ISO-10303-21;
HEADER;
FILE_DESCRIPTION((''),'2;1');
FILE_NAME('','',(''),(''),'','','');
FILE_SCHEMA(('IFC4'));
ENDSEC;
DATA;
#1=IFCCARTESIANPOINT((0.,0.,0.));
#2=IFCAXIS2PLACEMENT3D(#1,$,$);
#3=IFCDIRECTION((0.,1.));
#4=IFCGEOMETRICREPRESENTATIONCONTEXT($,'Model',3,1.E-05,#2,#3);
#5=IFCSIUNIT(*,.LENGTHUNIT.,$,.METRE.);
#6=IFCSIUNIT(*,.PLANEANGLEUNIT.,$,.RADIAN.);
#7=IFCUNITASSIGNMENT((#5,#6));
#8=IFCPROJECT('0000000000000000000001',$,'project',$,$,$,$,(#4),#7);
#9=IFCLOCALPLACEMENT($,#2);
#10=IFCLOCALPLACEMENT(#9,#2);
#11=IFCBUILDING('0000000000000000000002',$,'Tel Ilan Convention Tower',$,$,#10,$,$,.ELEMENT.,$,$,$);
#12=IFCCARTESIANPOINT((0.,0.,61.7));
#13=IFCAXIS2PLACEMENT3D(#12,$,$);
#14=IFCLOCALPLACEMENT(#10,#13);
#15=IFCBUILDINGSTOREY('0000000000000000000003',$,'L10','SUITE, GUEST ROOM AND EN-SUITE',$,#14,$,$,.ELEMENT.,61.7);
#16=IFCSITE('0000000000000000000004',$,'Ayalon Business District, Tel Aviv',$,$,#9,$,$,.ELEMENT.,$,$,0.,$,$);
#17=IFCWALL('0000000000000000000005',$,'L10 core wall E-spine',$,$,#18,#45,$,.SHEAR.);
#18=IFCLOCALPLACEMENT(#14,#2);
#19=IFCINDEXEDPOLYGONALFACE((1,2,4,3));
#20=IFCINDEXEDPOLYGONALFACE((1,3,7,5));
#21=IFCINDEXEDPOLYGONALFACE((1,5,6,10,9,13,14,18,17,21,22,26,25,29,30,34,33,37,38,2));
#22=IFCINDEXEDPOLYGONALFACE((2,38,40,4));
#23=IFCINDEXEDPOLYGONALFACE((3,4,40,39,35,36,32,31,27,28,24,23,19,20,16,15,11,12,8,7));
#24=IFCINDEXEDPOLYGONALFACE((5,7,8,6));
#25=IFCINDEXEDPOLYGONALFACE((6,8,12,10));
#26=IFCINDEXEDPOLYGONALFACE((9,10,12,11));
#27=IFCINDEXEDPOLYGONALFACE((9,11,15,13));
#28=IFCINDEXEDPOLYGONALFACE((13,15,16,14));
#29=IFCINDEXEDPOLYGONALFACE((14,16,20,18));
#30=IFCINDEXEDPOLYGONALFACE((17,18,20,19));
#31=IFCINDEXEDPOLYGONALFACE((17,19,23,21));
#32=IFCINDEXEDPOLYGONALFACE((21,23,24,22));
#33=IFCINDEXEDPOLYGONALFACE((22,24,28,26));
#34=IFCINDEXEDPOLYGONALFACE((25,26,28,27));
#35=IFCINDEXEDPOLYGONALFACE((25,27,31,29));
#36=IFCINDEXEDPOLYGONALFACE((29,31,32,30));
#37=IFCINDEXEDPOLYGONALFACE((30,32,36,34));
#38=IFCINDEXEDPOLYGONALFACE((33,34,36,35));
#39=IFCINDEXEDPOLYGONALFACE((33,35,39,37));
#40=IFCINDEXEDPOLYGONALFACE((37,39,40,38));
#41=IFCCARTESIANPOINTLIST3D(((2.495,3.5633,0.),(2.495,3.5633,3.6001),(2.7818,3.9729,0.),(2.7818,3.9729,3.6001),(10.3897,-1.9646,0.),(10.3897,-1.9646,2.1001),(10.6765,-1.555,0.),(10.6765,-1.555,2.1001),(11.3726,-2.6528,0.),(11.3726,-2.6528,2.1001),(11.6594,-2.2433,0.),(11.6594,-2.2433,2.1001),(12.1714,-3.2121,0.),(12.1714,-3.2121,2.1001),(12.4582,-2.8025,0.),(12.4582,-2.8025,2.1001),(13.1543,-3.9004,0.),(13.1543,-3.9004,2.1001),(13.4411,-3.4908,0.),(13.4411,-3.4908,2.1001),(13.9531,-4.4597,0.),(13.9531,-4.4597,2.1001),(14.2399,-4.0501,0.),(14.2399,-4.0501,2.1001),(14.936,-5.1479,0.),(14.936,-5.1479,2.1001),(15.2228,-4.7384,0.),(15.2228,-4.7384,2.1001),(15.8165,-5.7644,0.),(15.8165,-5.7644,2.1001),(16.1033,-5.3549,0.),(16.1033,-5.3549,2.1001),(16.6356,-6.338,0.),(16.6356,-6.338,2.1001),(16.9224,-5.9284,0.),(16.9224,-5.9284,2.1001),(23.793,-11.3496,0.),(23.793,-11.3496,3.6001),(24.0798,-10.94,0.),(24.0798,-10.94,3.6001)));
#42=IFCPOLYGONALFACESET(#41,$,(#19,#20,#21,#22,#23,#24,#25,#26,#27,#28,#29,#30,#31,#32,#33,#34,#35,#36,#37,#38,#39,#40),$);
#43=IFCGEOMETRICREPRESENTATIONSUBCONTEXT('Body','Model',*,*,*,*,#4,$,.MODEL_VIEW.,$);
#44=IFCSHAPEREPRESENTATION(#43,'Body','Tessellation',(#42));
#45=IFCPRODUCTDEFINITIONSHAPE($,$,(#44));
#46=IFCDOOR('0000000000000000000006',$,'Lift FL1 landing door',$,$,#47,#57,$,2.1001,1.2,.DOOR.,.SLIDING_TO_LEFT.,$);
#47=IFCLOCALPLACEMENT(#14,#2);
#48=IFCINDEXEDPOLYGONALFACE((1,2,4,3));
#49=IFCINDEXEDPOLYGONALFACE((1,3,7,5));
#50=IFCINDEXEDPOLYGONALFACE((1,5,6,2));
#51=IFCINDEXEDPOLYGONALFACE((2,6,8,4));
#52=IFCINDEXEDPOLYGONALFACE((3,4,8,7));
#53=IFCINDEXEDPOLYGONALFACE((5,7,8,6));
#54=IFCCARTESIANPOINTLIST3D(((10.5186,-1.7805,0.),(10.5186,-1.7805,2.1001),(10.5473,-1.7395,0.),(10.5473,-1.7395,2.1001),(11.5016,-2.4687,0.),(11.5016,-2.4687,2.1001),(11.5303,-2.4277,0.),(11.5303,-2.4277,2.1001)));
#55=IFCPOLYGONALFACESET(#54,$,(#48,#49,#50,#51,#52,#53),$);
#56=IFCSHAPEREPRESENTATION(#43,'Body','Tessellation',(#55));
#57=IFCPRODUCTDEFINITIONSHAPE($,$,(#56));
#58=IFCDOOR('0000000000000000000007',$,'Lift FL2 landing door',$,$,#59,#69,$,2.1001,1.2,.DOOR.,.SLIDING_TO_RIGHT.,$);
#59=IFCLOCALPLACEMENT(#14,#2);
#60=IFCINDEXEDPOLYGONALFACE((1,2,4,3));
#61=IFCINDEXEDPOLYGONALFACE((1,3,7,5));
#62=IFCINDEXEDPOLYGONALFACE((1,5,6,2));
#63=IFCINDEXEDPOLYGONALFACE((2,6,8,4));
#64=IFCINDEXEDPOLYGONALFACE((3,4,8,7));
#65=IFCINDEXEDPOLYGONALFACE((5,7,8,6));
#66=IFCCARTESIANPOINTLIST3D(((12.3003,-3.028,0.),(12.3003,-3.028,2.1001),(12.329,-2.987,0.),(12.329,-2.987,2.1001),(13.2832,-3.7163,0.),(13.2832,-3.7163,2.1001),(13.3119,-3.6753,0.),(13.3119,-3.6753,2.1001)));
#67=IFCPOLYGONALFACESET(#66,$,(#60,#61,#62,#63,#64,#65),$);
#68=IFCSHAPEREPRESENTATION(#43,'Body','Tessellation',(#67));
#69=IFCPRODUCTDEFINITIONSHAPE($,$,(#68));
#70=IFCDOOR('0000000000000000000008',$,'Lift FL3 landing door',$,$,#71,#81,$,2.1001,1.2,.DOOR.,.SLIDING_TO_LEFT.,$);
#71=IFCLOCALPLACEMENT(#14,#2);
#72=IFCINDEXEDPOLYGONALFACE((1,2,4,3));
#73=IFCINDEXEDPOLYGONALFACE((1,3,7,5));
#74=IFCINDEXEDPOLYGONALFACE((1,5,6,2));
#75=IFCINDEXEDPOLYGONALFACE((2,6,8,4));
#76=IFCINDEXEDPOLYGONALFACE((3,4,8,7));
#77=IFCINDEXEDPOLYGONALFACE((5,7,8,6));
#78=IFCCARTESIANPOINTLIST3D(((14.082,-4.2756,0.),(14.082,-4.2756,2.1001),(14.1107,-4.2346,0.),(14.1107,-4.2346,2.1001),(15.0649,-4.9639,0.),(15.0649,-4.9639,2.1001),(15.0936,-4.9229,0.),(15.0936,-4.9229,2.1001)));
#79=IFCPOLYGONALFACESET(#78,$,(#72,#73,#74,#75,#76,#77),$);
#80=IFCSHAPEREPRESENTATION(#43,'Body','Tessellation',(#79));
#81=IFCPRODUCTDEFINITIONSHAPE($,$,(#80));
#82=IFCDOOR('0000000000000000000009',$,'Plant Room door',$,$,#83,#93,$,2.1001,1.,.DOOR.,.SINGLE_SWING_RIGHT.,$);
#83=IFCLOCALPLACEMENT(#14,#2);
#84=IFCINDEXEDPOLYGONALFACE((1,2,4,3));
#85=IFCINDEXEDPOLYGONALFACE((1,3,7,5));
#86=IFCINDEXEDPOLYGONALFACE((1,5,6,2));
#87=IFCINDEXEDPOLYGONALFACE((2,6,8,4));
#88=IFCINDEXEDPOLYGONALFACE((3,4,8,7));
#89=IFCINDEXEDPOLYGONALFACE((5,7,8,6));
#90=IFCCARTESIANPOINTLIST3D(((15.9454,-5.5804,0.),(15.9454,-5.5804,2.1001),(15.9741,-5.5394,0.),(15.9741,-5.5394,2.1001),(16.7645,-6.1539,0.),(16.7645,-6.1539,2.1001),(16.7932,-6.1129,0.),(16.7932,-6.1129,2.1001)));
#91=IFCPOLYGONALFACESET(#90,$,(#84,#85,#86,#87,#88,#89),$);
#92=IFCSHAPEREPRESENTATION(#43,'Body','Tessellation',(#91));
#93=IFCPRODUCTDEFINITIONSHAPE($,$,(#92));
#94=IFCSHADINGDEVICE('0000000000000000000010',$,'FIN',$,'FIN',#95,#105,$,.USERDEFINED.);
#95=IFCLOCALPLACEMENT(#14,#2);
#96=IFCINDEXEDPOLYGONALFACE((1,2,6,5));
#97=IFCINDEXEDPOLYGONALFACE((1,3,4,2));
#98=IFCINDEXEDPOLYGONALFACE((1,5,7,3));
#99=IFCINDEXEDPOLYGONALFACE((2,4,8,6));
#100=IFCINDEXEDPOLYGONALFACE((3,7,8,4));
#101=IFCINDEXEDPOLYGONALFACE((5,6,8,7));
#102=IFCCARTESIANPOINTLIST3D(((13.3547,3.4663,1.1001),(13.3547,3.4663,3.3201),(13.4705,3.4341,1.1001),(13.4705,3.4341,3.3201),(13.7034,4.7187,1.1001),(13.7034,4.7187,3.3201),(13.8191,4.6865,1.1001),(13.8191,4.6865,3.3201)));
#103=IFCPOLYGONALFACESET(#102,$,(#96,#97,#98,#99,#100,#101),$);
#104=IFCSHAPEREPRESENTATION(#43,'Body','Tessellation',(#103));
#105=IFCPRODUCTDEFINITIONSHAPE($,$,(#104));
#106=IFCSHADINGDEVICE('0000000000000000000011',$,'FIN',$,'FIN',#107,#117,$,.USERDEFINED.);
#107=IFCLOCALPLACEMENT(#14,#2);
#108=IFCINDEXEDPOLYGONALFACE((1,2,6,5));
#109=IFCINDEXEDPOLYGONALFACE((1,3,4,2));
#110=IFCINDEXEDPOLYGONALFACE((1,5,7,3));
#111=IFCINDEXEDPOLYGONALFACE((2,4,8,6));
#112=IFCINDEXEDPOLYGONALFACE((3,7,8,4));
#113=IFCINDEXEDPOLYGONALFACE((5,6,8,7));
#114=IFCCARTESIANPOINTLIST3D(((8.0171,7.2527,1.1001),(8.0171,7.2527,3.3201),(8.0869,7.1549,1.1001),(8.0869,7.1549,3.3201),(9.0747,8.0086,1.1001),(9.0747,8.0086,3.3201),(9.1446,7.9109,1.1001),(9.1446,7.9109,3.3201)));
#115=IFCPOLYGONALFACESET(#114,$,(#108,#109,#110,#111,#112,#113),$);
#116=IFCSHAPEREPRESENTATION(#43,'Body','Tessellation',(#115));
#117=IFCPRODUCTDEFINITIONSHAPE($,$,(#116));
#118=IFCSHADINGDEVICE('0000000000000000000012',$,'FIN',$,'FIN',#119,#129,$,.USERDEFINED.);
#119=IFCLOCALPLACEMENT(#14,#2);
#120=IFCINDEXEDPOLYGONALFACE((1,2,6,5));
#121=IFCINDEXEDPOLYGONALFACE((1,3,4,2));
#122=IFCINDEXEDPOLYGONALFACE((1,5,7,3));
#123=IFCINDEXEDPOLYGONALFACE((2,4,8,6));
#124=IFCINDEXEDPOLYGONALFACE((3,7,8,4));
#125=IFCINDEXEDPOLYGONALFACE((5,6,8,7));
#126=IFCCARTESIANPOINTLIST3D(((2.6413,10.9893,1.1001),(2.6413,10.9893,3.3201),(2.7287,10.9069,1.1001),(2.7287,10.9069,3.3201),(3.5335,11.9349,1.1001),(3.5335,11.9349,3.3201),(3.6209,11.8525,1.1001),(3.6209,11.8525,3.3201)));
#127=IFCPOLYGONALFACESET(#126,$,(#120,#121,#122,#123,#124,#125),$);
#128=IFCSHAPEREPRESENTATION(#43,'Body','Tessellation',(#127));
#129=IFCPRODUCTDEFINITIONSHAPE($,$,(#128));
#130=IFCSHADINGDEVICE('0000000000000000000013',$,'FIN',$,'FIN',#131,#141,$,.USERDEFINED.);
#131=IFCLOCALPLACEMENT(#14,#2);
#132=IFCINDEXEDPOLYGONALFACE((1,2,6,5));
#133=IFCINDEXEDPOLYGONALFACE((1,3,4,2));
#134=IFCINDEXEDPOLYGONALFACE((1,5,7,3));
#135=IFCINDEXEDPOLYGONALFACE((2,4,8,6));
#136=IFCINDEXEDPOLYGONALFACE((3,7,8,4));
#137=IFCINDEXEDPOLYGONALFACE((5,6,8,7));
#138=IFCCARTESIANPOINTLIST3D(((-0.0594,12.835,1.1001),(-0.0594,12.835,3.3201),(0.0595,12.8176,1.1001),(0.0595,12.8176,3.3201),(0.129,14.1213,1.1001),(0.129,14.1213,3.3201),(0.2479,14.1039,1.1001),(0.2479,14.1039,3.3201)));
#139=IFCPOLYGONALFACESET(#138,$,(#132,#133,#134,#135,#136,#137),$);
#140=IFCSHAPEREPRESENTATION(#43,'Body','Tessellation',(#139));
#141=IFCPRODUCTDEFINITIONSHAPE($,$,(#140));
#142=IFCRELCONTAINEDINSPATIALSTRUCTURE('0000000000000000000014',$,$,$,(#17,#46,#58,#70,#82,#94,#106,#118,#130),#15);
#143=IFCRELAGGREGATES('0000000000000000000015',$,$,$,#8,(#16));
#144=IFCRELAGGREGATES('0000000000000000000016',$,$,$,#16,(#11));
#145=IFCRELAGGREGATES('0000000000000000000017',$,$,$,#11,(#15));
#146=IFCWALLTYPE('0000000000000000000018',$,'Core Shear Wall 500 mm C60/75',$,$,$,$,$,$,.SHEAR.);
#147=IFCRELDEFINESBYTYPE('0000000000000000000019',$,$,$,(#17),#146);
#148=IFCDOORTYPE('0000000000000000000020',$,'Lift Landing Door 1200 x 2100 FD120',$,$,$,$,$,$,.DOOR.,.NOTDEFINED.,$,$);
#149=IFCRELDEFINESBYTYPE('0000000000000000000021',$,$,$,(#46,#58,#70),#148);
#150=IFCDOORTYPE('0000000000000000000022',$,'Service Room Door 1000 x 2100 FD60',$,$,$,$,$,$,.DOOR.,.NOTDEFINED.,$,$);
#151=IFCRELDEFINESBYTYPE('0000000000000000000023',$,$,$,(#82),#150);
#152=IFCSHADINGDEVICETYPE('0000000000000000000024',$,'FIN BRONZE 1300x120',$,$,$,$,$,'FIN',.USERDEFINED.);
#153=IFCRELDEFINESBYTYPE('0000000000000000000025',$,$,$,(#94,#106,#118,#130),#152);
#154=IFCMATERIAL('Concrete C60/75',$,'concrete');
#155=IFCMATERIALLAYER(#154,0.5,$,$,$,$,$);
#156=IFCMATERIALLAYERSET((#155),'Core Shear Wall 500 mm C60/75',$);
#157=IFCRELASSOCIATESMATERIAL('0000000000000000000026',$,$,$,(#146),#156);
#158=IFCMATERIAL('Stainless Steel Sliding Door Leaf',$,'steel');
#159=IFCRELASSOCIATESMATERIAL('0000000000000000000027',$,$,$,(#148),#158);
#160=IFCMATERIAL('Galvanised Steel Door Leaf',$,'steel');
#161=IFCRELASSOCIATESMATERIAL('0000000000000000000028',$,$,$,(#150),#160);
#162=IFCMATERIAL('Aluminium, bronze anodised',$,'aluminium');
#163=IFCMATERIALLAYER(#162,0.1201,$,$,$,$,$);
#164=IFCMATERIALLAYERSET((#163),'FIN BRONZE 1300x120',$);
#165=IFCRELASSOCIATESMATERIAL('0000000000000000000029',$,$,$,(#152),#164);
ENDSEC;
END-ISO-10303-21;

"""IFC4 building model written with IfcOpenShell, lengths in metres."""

from ifc_helpers import new_model, si_unit, direction, frame, frame_2d, origin, origin_2d, place, context, subcontext, project, spatial, polyline, rectangle, outline, extrude, material, layer, layer_set, type_object, element, fill, save


model = new_model("IFC4")

# Units and contexts
model_context = context("Model", 3, precision=1e-05, world=origin(), true_north=direction((0.0, 1.0)))
body_context = subcontext(model_context, "Body", "Model", "MODEL_VIEW")
ifc_project = project(units=[si_unit("LENGTHUNIT", "METRE"), si_unit("PLANEANGLEUNIT", "RADIAN")], contexts=[model_context])

# Site, building, storey
site_placement = place(None, origin())
site = spatial("IfcSite", under=ifc_project, at=site_placement, Name="Ayalon Business District, Tel Aviv", CompositionType="ELEMENT", RefElevation=0.0)
building_placement = place(site_placement, origin())
building = spatial("IfcBuilding", under=site, at=building_placement, Name="Tel Ilan Convention Tower", CompositionType="ELEMENT")
storey_placement = place(building_placement, frame((0.0, 0.0, 61.7)))
storey = spatial("IfcBuildingStorey", under=building, at=storey_placement, Name="L10", Description="SUITE, GUEST ROOM AND EN-SUITE", CompositionType="ELEMENT", Elevation=61.7)

# Wall, openings, doors
ifc_material_1 = material(Name="Concrete C60/75", Category="concrete")
ifc_layer_1 = layer(ifc_material_1, 0.5)
ifc_layer_set_1 = layer_set([ifc_layer_1], Name="Core Shear Wall 500 mm C60/75")
wall_type_1 = type_object("IfcWallType", Name="Core Shear Wall 500 mm C60/75", PredefinedType="SHEAR", material=ifc_layer_set_1)
wall_1_placement = place(storey_placement, frame((2.6384, 3.7681, 0.0), z_axis=(0.0, 0.0, 1.0), x_axis=(0.819149, -0.573581, 0.0)))
wall_1 = element("IfcWall", 1, at=wall_1_placement, inside=storey, type_object=wall_type_1, Name="L10 core wall E-spine", PredefinedType="SHEAR", context=body_context, shape_type="SweptSolid", body=[
    extrude(outline(polyline([(0.0, 0.25), (0.0, -0.25), (26.0, -0.2498), (26.0, 0.2502), (0.0, 0.25)])), origin(), (0.0, 0.0, 1.0), 3.6001),
])
opening_1_placement = place(wall_1_placement, frame((9.6375, 0.0, 0.0)))
opening_1 = element("IfcOpeningElement", 2, at=opening_1_placement, cuts=wall_1, PredefinedType="OPENING", context=body_context, shape_type="SweptSolid", body=[
    extrude(rectangle(XDim=1.2, YDim=2.1001, at=frame_2d((0.6001, 1.05))), frame((0.0, 0.26, 0.0), z_axis=(0.0, -1.0, 0.0), x_axis=(1.0, 0.0, 0.0)), (0.0, 0.0, 1.0), 0.52),
])
opening_2_placement = place(wall_1_placement, frame((11.8125, 0.0, 0.0)))
opening_2 = element("IfcOpeningElement", 3, at=opening_2_placement, cuts=wall_1, PredefinedType="OPENING", context=body_context, shape_type="SweptSolid", body=[
    extrude(rectangle(XDim=1.2, YDim=2.1001, at=frame_2d((0.6001, 1.05))), frame((0.0, 0.26, 0.0), z_axis=(0.0, -1.0, 0.0), x_axis=(1.0, 0.0, 0.0)), (0.0, 0.0, 1.0), 0.52),
])
opening_3_placement = place(wall_1_placement, frame((13.9875, 0.0, 0.0)))
opening_3 = element("IfcOpeningElement", 4, at=opening_3_placement, cuts=wall_1, PredefinedType="OPENING", context=body_context, shape_type="SweptSolid", body=[
    extrude(rectangle(XDim=1.2, YDim=2.1001, at=frame_2d((0.6001, 1.05))), frame((0.0, 0.26, 0.0), z_axis=(0.0, -1.0, 0.0), x_axis=(1.0, 0.0, 0.0)), (0.0, 0.0, 1.0), 0.52),
])
opening_4_placement = place(wall_1_placement, frame((16.2625, 0.0, 0.0)))
opening_4 = element("IfcOpeningElement", 5, at=opening_4_placement, cuts=wall_1, PredefinedType="OPENING", context=body_context, shape_type="SweptSolid", body=[
    extrude(rectangle(XDim=1.0, YDim=2.1001, at=frame_2d((0.5, 1.05))), frame((0.0, 0.26, 0.0), z_axis=(0.0, -1.0, 0.0), x_axis=(1.0, 0.0, 0.0)), (0.0, 0.0, 1.0), 0.52),
])
ifc_material_2 = material(Name="Stainless Steel Sliding Door Leaf", Category="steel")
door_type_1 = type_object("IfcDoorType", Name="Lift Landing Door 1200 x 2100 FD120", OperationType="NOTDEFINED", PredefinedType="DOOR", material=ifc_material_2)
door_1_placement = place(opening_1_placement, origin())
door_1 = element("IfcDoor", 6, at=door_1_placement, inside=storey, type_object=door_type_1, Name="Lift FL1 landing door", OperationType="SLIDING_TO_LEFT", OverallHeight=2.1001, OverallWidth=1.2, PredefinedType="DOOR", context=body_context, shape_type="SweptSolid", body=[
    extrude(rectangle(XDim=1.2, YDim=2.1001, at=frame_2d((0.6001, 1.05))), frame((0.0, 0.0249, 0.0), z_axis=(0.0, -1.0, 0.0), x_axis=(1.0, 0.0, 0.0)), (0.0, 0.0, 1.0), 0.05),
])
fill(opening_1, door_1)
door_2_placement = place(opening_2_placement, origin())
door_2 = element("IfcDoor", 7, at=door_2_placement, inside=storey, type_object=door_type_1, Name="Lift FL2 landing door", OperationType="SLIDING_TO_RIGHT", OverallHeight=2.1001, OverallWidth=1.2, PredefinedType="DOOR", context=body_context, shape_type="SweptSolid", body=[
    extrude(rectangle(XDim=1.2, YDim=2.1001, at=frame_2d((0.6001, 1.05))), frame((0.0, 0.0249, 0.0), z_axis=(0.0, -1.0, 0.0), x_axis=(1.0, 0.0, 0.0)), (0.0, 0.0, 1.0), 0.05),
])
fill(opening_2, door_2)
door_3_placement = place(opening_3_placement, origin())
door_3 = element("IfcDoor", 8, at=door_3_placement, inside=storey, type_object=door_type_1, Name="Lift FL3 landing door", OperationType="SLIDING_TO_LEFT", OverallHeight=2.1001, OverallWidth=1.2, PredefinedType="DOOR", context=body_context, shape_type="SweptSolid", body=[
    extrude(rectangle(XDim=1.2, YDim=2.1001, at=frame_2d((0.6001, 1.05))), frame((0.0, 0.0249, 0.0), z_axis=(0.0, -1.0, 0.0), x_axis=(1.0, 0.0, 0.0)), (0.0, 0.0, 1.0), 0.05),
])
fill(opening_3, door_3)
ifc_material_3 = material(Name="Galvanised Steel Door Leaf", Category="steel")
door_type_2 = type_object("IfcDoorType", Name="Service Room Door 1000 x 2100 FD60", OperationType="NOTDEFINED", PredefinedType="DOOR", material=ifc_material_3)
door_4_placement = place(opening_4_placement, origin())
door_4 = element("IfcDoor", 9, at=door_4_placement, inside=storey, type_object=door_type_2, Name="Plant Room door", OperationType="SINGLE_SWING_RIGHT", OverallHeight=2.1001, OverallWidth=1.0, PredefinedType="DOOR", context=body_context, shape_type="SweptSolid", body=[
    extrude(rectangle(XDim=1.0, YDim=2.1001, at=frame_2d((0.5, 1.05))), frame((0.0, 0.0249, 0.0), z_axis=(0.0, -1.0, 0.0), x_axis=(1.0, 0.0, 0.0)), (0.0, 0.0, 1.0), 0.05),
])
fill(opening_4, door_4)

# Shading devices
ifc_material_4 = material(Name="Aluminium, bronze anodised", Category="aluminium")
ifc_layer_2 = layer(ifc_material_4, 0.1201)
ifc_layer_set_2 = layer_set([ifc_layer_2], Name="FIN BRONZE 1300x120")
shading_device_type = type_object("IfcShadingDeviceType", Name="FIN BRONZE 1300x120", ElementType="FIN", PredefinedType="USERDEFINED", material=ifc_layer_set_2)
for number, where, z_axis, x_axis, name in (
    (10, (13.5869, 4.0764, 1.1001), (0.0, 0.0, 1.0), (0.268173, 0.963371, 0.0), "FIN"),
    (11, (8.5808, 7.5818, 1.1001), (0.0, 0.0, 1.0), (0.813552, 0.581492, 0.0), "FIN"),
    (12, (3.1311, 11.4209, 1.1001), (0.0, 0.0, 1.0), (0.686242, 0.727374, 0.0), "FIN"),
    (13, (0.0942, 13.4695, 1.1001), (0.0, 0.0, 1.0), (0.144932, 0.989442, 0.0), "FIN"),
):
    element("IfcShadingDevice", number, at=place(storey_placement, frame(where, z_axis=z_axis, x_axis=x_axis)), inside=storey, type_object=shading_device_type, Name=name, ObjectType="FIN", PredefinedType="USERDEFINED", context=body_context, shape_type="SweptSolid", body=[
        extrude(rectangle(XDim=1.3, YDim=0.1201, at=origin_2d()), origin(), (0.0, 0.0, 1.0), 2.22),
    ])

save(model, "model.ifc")
